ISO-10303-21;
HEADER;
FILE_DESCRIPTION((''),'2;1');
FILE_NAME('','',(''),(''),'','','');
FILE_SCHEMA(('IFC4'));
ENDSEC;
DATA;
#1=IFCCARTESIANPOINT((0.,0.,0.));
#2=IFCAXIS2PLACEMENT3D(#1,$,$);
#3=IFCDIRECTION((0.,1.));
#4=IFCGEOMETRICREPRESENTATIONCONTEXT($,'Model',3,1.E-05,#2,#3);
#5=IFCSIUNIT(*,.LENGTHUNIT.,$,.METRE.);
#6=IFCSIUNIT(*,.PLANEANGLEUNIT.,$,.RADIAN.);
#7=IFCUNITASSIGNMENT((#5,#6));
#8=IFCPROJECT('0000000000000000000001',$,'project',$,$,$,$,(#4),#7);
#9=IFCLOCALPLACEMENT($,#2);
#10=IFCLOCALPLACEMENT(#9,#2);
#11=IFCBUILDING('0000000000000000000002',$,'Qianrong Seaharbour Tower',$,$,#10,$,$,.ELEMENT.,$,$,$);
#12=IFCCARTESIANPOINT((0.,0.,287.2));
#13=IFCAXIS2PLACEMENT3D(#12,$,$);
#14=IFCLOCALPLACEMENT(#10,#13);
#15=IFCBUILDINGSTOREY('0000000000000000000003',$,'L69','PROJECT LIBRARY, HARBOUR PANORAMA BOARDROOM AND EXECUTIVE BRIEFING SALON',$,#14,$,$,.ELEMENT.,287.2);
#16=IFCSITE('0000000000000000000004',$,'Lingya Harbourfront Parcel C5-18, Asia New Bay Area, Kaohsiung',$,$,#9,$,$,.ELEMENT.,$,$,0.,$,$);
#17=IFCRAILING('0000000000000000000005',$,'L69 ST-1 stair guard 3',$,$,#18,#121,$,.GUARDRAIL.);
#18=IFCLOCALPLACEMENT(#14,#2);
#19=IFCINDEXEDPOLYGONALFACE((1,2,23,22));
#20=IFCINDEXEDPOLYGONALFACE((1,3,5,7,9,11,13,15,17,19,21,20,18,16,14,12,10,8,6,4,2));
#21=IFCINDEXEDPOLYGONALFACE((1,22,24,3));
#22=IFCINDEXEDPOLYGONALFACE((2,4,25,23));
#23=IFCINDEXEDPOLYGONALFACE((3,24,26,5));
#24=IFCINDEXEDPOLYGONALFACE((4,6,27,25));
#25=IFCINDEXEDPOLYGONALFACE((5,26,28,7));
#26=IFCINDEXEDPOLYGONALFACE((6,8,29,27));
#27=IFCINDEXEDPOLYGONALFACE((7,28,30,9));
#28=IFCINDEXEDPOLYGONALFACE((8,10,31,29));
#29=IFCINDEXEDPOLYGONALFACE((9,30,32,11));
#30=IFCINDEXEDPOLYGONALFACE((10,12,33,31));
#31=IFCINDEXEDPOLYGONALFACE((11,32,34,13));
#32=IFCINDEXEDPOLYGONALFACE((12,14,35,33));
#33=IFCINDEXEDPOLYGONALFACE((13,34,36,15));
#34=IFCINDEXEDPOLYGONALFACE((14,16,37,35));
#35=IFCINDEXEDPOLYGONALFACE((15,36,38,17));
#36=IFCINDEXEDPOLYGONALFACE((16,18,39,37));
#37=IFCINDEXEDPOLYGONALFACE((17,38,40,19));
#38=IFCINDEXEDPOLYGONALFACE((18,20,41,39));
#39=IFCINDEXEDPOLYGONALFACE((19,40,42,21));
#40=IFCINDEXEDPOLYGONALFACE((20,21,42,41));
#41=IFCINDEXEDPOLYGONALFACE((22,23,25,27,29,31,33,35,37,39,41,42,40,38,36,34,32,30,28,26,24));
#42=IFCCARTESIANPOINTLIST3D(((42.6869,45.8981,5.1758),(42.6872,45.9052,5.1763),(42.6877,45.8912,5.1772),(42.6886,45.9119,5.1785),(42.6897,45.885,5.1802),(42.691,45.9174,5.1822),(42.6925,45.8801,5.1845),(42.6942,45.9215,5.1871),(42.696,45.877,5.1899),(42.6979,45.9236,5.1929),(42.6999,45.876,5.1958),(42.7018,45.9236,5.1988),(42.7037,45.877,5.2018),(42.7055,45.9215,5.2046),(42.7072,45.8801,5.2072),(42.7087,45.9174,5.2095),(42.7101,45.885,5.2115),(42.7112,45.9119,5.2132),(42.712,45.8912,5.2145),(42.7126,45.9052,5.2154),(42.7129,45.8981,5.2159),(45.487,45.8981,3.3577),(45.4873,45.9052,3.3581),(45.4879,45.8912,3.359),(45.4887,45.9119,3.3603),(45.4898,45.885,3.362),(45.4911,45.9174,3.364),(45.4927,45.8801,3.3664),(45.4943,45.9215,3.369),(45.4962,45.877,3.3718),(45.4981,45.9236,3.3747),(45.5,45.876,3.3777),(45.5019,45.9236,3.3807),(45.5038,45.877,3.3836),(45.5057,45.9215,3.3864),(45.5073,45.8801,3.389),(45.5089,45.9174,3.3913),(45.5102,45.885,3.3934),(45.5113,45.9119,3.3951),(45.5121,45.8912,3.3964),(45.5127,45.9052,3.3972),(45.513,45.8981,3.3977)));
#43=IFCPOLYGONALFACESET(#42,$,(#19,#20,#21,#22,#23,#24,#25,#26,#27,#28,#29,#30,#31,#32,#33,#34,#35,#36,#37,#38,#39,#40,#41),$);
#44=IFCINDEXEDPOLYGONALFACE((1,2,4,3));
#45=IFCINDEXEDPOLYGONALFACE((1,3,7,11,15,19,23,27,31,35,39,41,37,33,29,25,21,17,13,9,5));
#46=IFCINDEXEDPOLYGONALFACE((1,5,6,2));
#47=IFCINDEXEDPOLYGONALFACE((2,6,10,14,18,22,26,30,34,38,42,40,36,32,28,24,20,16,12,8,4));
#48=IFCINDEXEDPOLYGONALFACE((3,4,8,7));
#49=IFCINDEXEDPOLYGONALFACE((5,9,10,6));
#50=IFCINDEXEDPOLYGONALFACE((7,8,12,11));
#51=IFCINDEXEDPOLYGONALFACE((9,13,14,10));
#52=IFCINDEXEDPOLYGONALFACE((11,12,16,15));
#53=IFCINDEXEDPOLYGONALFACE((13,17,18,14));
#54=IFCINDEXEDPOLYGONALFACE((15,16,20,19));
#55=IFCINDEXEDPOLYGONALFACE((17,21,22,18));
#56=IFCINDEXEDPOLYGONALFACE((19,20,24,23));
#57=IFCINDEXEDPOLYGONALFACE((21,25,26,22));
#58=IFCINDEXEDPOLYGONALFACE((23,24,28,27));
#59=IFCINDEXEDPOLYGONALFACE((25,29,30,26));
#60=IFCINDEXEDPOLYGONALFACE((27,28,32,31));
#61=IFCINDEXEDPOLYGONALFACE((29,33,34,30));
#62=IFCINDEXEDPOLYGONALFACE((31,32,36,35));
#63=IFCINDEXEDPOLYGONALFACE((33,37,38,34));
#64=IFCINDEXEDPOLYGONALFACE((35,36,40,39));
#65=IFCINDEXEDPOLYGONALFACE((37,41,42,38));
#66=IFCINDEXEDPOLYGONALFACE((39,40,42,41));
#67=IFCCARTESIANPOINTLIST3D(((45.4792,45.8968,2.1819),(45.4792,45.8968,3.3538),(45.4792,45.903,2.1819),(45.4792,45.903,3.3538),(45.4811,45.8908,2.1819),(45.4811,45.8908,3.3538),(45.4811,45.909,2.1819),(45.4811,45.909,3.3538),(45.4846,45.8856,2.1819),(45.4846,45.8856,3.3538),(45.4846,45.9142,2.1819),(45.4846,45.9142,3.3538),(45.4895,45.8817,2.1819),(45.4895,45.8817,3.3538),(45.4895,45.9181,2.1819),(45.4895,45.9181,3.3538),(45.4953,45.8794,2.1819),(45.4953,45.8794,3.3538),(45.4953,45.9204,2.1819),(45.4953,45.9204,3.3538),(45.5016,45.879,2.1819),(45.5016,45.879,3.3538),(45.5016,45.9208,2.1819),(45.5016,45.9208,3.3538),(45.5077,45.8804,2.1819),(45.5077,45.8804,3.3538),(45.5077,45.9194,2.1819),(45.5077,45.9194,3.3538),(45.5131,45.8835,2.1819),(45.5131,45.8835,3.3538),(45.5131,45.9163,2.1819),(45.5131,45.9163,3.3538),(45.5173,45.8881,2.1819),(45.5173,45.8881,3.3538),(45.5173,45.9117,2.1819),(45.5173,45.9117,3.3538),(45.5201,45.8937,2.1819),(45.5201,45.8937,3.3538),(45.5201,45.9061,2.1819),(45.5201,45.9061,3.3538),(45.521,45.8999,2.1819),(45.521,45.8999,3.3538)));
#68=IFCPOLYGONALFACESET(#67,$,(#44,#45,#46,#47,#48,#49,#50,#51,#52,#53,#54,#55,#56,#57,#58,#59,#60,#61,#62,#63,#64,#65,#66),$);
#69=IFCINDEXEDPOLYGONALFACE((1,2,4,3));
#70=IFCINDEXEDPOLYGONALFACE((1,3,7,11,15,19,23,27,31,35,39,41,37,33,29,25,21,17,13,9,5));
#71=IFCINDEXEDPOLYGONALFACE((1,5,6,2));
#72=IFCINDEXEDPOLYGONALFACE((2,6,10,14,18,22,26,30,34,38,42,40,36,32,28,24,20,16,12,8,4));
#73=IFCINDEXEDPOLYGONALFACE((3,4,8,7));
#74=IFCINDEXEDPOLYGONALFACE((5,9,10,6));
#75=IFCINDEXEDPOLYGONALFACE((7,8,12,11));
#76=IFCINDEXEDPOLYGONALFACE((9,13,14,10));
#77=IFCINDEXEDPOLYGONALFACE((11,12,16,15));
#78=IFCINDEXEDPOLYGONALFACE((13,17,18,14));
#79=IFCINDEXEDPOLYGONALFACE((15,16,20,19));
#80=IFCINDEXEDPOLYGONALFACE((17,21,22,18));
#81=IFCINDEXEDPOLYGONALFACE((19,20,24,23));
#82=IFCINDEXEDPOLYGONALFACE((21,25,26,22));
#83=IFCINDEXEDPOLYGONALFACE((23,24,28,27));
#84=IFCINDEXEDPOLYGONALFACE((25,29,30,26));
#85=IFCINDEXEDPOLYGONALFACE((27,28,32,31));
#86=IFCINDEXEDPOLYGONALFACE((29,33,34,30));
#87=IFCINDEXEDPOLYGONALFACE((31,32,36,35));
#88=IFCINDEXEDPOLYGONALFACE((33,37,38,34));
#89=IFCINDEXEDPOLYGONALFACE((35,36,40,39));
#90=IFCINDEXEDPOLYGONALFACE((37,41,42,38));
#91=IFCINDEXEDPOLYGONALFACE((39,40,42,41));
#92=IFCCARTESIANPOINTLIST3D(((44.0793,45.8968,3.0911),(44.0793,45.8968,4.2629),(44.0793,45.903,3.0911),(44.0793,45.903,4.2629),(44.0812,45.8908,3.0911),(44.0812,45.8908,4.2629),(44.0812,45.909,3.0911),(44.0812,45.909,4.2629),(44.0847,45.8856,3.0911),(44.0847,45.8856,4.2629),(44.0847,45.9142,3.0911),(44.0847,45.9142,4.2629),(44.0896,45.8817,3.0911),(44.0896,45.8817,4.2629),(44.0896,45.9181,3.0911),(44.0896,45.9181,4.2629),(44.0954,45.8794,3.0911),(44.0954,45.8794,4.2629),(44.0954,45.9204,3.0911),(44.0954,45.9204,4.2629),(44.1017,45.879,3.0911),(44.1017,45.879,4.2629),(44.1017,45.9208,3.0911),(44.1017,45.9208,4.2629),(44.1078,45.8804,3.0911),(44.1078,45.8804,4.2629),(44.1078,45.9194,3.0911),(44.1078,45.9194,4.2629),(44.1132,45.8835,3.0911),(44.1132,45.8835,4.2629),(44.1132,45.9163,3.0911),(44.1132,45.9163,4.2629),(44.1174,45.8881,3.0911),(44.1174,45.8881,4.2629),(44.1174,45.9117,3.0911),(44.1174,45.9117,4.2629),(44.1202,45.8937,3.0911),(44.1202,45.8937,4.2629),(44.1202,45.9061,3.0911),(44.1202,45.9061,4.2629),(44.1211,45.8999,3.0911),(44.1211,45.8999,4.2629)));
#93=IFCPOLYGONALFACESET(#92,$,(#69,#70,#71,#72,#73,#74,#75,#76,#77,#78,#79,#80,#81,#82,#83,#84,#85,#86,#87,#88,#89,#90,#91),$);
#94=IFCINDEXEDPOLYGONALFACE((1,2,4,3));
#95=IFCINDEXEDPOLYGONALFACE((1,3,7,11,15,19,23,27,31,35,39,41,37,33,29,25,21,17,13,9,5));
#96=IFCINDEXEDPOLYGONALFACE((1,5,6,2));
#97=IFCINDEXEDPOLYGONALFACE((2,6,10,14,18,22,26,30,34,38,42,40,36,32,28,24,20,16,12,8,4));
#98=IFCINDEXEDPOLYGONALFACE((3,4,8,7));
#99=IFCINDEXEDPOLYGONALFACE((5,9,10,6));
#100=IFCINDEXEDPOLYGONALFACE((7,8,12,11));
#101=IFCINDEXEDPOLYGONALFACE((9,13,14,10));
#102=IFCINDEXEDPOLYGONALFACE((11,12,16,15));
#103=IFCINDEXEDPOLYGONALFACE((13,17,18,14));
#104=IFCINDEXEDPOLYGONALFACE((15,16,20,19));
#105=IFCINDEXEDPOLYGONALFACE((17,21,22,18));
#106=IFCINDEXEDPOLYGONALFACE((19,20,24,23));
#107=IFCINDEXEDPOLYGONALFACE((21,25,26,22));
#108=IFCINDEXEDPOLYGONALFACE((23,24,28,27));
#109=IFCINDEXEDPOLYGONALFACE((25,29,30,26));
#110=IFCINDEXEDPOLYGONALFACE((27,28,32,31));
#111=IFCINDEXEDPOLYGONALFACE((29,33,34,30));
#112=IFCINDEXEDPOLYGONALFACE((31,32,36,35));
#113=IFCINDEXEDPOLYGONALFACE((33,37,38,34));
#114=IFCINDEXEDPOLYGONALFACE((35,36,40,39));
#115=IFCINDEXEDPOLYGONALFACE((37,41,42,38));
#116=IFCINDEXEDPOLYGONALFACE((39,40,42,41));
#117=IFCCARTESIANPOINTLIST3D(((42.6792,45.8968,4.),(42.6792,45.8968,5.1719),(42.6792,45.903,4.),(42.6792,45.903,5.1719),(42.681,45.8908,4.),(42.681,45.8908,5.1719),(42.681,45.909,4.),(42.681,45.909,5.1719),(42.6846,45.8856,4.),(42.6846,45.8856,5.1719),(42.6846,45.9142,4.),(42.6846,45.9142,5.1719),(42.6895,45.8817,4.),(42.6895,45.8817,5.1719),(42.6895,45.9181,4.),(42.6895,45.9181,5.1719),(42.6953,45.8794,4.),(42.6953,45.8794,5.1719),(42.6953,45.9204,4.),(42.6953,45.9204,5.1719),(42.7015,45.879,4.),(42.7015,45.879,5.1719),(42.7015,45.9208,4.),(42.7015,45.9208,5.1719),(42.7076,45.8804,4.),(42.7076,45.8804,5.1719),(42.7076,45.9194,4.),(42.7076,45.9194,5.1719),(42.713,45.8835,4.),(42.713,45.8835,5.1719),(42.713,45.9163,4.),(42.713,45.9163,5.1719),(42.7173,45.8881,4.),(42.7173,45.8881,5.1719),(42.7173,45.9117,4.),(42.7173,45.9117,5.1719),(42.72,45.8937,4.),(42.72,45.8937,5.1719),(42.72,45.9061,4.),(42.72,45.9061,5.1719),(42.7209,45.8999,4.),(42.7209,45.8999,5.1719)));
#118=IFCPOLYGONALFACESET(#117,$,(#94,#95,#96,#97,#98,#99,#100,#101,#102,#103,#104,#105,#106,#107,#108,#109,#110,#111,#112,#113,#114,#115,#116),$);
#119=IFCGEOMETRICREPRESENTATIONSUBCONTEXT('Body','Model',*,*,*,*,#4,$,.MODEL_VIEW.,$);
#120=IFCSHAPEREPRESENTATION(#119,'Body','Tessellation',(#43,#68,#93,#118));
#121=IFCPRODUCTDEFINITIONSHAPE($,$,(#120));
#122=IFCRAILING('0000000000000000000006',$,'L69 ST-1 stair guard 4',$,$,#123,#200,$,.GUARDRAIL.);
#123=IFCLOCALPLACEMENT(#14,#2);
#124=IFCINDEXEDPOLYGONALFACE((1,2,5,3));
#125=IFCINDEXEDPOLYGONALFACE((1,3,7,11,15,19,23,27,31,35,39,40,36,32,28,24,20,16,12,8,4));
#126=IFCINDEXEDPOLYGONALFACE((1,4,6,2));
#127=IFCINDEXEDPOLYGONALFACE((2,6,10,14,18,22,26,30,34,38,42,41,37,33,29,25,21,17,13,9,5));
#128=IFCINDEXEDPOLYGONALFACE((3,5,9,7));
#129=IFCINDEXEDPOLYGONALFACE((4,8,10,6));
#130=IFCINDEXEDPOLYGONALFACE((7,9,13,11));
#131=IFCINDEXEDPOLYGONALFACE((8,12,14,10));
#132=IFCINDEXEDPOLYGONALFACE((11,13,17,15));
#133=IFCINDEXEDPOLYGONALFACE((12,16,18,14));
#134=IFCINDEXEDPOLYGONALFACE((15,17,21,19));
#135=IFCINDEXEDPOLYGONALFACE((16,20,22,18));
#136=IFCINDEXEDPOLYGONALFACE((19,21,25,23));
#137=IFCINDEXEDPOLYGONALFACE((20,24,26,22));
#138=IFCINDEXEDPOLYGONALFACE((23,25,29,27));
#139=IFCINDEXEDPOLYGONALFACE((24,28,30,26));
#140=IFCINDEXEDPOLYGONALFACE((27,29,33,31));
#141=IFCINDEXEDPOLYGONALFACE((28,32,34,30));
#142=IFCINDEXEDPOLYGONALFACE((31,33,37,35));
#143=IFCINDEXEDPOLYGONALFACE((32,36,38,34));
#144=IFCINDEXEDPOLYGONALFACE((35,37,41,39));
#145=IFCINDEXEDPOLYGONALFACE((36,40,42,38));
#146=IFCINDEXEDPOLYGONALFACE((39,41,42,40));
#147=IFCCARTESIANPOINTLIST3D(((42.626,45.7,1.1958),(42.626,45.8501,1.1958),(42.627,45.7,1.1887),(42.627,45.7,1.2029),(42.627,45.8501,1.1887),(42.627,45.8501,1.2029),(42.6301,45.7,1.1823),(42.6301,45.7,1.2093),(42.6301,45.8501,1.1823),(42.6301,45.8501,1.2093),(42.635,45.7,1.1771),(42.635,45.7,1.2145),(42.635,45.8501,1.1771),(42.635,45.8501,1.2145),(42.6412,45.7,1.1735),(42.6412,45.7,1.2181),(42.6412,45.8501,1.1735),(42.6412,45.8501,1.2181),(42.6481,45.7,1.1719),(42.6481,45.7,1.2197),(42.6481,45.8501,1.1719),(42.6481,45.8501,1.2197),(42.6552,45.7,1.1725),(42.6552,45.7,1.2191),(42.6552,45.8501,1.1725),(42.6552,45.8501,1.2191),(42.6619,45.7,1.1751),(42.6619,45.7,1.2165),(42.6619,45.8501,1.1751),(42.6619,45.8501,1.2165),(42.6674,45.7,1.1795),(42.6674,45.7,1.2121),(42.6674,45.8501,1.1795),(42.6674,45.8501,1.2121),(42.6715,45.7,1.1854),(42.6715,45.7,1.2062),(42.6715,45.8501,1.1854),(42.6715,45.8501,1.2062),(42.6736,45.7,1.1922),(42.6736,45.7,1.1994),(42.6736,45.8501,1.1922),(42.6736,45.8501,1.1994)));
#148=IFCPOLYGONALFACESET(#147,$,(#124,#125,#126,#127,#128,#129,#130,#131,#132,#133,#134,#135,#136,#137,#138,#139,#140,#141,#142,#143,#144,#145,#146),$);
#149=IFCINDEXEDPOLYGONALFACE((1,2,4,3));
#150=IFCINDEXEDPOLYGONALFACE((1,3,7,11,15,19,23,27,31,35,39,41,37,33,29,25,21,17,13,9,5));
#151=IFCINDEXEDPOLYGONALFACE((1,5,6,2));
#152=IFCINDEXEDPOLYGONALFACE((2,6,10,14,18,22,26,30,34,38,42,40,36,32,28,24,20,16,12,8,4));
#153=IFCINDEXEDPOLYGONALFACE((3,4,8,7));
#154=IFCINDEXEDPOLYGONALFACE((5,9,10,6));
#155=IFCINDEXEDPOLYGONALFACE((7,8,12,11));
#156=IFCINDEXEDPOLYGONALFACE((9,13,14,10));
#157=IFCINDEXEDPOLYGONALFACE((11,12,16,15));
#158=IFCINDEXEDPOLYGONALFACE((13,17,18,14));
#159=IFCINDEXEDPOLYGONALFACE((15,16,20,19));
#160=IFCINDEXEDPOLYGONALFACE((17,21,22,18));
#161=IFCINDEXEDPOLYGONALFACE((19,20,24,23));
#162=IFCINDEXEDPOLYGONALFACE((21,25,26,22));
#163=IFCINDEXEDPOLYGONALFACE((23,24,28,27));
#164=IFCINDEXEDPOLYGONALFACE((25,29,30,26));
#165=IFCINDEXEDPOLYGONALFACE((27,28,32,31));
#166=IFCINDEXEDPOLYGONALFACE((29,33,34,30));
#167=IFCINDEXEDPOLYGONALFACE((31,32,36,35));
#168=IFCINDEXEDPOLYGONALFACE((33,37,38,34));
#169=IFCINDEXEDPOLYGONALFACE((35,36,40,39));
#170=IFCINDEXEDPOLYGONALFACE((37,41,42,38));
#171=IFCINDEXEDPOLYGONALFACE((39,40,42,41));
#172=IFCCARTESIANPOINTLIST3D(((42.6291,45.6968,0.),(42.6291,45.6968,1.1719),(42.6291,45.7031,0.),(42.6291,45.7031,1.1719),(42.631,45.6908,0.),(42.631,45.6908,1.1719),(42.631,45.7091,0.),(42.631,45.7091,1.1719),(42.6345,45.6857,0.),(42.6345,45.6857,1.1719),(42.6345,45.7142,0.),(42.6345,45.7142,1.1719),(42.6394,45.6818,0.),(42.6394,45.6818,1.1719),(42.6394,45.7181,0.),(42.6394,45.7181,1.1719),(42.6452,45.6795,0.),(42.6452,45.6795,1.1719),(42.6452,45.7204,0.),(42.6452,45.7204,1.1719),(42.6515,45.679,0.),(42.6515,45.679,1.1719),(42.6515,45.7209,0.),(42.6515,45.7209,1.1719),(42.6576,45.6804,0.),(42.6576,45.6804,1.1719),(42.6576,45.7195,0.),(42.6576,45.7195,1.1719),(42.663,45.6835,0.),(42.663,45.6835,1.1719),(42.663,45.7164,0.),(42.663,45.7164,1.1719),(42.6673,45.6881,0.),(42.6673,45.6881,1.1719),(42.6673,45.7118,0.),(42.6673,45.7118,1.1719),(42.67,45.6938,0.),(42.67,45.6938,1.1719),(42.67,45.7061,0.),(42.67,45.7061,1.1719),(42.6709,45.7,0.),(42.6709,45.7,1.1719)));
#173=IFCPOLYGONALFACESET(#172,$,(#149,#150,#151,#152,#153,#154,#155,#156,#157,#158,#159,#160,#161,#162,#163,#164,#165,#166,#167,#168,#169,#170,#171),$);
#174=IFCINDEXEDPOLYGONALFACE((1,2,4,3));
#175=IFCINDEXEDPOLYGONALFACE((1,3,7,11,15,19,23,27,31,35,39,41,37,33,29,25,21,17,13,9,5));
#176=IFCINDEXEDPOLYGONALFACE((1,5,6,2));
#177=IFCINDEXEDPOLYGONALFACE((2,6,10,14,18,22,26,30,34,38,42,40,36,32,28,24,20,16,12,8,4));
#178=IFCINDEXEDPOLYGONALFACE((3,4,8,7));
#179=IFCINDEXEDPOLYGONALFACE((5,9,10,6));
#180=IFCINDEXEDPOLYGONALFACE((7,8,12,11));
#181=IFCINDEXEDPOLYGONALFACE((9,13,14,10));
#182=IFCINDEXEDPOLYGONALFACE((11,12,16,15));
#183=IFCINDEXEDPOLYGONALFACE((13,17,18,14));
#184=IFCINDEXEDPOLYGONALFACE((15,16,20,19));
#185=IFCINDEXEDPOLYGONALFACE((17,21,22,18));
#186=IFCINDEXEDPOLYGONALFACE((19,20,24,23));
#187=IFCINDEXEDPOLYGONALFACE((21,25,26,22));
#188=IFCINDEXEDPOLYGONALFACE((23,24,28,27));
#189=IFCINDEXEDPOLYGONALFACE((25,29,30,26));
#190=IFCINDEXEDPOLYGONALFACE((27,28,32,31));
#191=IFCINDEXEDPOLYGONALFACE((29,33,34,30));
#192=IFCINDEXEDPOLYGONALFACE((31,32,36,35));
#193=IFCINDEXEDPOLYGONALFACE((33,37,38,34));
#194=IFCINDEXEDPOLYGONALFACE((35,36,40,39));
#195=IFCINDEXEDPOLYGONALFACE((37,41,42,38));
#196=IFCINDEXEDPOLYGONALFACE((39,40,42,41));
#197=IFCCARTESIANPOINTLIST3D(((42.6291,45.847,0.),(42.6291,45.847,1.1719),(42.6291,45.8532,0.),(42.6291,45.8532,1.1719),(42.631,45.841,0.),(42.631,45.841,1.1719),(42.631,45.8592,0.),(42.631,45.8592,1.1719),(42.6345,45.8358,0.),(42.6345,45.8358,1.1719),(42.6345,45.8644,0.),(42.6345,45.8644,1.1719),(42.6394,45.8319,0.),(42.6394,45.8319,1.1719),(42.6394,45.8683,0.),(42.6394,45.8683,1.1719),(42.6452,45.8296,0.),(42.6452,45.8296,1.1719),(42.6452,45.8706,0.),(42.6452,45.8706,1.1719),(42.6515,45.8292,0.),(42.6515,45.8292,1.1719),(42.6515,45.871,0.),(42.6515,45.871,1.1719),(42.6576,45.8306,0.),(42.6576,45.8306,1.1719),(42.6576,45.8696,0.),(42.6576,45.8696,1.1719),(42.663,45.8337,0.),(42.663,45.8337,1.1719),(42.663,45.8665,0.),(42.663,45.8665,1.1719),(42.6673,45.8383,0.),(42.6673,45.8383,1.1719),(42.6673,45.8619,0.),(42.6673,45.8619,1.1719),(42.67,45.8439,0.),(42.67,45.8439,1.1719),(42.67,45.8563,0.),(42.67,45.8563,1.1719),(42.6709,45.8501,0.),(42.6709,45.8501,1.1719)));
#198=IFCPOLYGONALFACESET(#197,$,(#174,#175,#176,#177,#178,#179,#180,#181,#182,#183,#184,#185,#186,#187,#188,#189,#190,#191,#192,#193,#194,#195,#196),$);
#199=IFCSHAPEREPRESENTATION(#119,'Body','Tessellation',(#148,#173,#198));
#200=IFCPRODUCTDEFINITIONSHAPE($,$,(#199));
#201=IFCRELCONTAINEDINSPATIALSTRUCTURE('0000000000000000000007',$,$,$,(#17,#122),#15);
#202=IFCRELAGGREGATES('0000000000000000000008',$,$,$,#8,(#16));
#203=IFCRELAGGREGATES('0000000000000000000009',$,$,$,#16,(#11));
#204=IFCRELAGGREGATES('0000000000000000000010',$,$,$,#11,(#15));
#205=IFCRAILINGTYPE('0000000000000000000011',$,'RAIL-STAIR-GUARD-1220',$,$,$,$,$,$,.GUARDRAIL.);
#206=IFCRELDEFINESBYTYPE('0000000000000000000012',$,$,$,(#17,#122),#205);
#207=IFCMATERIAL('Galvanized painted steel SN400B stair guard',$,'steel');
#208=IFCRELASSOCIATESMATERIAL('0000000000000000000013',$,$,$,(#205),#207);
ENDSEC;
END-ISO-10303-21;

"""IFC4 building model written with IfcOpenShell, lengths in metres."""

from ifc_helpers import new_model, si_unit, direction, frame, origin, origin_2d, place, context, subcontext, project, spatial, circle, extrude, material, type_object, element, save


model = new_model("IFC4")

# Units and contexts
model_context = context("Model", 3, precision=1e-05, world=origin(), true_north=direction((0.0, 1.0)))
body_context = subcontext(model_context, "Body", "Model", "MODEL_VIEW")
ifc_project = project(units=[si_unit("LENGTHUNIT", "METRE"), si_unit("PLANEANGLEUNIT", "RADIAN")], contexts=[model_context])

# Site, building, storey
site_placement = place(None, origin())
site = spatial("IfcSite", under=ifc_project, at=site_placement, Name="Lingya Harbourfront Parcel C5-18, Asia New Bay Area, Kaohsiung", CompositionType="ELEMENT", RefElevation=0.0)
building_placement = place(site_placement, origin())
building = spatial("IfcBuilding", under=site, at=building_placement, Name="Qianrong Seaharbour Tower", CompositionType="ELEMENT")
storey_placement = place(building_placement, frame((0.0, 0.0, 287.2)))
storey = spatial("IfcBuildingStorey", under=building, at=storey_placement, Name="L69", Description="PROJECT LIBRARY, HARBOUR PANORAMA BOARDROOM AND EXECUTIVE BRIEFING SALON", CompositionType="ELEMENT", Elevation=287.2)

# Railings
ifc_material_1 = material(Name="Galvanized painted steel SN400B stair guard", Category="steel")
railing_type_1 = type_object("IfcRailingType", Name="RAIL-STAIR-GUARD-1220", PredefinedType="GUARDRAIL", material=ifc_material_1)
railing_1_placement = place(storey_placement, frame((45.5, 45.8999, 2.1819)))
element("IfcRailing", 1, at=railing_1_placement, inside=storey, type_object=railing_type_1, Name="L69 ST-1 stair guard 3", PredefinedType="GUARDRAIL", context=body_context, shape_type="SweptSolid", body=[
    extrude(circle(Radius=0.0239, at=origin_2d()), frame((0.0, 0.0, 1.1958), z_axis=(-0.838706, 0.0, 0.544585), x_axis=(0.0, -1.0, 0.0)), (0.0, 0.0, 1.0), 3.3386),
    extrude(circle(Radius=0.021, at=origin_2d()), origin(), (0.0, 0.0, 1.0), 1.1719),
    extrude(circle(Radius=0.021, at=origin_2d()), frame((-1.3999, 0.0, 0.9092)), (0.0, 0.0, 1.0), 1.1719),
    extrude(circle(Radius=0.021, at=origin_2d()), frame((-2.8, 0.0, 1.8181)), (0.0, 0.0, 1.0), 1.1719),
])
railing_2_placement = place(storey_placement, frame((42.6499, 45.7, 0.0)))
element("IfcRailing", 2, at=railing_2_placement, inside=storey, type_object=railing_type_1, Name="L69 ST-1 stair guard 4", PredefinedType="GUARDRAIL", context=body_context, shape_type="SweptSolid", body=[
    extrude(circle(Radius=0.0239, at=origin_2d()), frame((0.0, 0.0, 1.1958), z_axis=(0.0, 1.0, 0.0), x_axis=(-1.0, 0.0, 0.0)), (0.0, 0.0, 1.0), 0.1501),
    extrude(circle(Radius=0.021, at=origin_2d()), origin(), (0.0, 0.0, 1.0), 1.1719),
    extrude(circle(Radius=0.021, at=origin_2d()), frame((0.0, 0.1501, 0.0)), (0.0, 0.0, 1.0), 1.1719),
])

save(model, "model.ifc")
